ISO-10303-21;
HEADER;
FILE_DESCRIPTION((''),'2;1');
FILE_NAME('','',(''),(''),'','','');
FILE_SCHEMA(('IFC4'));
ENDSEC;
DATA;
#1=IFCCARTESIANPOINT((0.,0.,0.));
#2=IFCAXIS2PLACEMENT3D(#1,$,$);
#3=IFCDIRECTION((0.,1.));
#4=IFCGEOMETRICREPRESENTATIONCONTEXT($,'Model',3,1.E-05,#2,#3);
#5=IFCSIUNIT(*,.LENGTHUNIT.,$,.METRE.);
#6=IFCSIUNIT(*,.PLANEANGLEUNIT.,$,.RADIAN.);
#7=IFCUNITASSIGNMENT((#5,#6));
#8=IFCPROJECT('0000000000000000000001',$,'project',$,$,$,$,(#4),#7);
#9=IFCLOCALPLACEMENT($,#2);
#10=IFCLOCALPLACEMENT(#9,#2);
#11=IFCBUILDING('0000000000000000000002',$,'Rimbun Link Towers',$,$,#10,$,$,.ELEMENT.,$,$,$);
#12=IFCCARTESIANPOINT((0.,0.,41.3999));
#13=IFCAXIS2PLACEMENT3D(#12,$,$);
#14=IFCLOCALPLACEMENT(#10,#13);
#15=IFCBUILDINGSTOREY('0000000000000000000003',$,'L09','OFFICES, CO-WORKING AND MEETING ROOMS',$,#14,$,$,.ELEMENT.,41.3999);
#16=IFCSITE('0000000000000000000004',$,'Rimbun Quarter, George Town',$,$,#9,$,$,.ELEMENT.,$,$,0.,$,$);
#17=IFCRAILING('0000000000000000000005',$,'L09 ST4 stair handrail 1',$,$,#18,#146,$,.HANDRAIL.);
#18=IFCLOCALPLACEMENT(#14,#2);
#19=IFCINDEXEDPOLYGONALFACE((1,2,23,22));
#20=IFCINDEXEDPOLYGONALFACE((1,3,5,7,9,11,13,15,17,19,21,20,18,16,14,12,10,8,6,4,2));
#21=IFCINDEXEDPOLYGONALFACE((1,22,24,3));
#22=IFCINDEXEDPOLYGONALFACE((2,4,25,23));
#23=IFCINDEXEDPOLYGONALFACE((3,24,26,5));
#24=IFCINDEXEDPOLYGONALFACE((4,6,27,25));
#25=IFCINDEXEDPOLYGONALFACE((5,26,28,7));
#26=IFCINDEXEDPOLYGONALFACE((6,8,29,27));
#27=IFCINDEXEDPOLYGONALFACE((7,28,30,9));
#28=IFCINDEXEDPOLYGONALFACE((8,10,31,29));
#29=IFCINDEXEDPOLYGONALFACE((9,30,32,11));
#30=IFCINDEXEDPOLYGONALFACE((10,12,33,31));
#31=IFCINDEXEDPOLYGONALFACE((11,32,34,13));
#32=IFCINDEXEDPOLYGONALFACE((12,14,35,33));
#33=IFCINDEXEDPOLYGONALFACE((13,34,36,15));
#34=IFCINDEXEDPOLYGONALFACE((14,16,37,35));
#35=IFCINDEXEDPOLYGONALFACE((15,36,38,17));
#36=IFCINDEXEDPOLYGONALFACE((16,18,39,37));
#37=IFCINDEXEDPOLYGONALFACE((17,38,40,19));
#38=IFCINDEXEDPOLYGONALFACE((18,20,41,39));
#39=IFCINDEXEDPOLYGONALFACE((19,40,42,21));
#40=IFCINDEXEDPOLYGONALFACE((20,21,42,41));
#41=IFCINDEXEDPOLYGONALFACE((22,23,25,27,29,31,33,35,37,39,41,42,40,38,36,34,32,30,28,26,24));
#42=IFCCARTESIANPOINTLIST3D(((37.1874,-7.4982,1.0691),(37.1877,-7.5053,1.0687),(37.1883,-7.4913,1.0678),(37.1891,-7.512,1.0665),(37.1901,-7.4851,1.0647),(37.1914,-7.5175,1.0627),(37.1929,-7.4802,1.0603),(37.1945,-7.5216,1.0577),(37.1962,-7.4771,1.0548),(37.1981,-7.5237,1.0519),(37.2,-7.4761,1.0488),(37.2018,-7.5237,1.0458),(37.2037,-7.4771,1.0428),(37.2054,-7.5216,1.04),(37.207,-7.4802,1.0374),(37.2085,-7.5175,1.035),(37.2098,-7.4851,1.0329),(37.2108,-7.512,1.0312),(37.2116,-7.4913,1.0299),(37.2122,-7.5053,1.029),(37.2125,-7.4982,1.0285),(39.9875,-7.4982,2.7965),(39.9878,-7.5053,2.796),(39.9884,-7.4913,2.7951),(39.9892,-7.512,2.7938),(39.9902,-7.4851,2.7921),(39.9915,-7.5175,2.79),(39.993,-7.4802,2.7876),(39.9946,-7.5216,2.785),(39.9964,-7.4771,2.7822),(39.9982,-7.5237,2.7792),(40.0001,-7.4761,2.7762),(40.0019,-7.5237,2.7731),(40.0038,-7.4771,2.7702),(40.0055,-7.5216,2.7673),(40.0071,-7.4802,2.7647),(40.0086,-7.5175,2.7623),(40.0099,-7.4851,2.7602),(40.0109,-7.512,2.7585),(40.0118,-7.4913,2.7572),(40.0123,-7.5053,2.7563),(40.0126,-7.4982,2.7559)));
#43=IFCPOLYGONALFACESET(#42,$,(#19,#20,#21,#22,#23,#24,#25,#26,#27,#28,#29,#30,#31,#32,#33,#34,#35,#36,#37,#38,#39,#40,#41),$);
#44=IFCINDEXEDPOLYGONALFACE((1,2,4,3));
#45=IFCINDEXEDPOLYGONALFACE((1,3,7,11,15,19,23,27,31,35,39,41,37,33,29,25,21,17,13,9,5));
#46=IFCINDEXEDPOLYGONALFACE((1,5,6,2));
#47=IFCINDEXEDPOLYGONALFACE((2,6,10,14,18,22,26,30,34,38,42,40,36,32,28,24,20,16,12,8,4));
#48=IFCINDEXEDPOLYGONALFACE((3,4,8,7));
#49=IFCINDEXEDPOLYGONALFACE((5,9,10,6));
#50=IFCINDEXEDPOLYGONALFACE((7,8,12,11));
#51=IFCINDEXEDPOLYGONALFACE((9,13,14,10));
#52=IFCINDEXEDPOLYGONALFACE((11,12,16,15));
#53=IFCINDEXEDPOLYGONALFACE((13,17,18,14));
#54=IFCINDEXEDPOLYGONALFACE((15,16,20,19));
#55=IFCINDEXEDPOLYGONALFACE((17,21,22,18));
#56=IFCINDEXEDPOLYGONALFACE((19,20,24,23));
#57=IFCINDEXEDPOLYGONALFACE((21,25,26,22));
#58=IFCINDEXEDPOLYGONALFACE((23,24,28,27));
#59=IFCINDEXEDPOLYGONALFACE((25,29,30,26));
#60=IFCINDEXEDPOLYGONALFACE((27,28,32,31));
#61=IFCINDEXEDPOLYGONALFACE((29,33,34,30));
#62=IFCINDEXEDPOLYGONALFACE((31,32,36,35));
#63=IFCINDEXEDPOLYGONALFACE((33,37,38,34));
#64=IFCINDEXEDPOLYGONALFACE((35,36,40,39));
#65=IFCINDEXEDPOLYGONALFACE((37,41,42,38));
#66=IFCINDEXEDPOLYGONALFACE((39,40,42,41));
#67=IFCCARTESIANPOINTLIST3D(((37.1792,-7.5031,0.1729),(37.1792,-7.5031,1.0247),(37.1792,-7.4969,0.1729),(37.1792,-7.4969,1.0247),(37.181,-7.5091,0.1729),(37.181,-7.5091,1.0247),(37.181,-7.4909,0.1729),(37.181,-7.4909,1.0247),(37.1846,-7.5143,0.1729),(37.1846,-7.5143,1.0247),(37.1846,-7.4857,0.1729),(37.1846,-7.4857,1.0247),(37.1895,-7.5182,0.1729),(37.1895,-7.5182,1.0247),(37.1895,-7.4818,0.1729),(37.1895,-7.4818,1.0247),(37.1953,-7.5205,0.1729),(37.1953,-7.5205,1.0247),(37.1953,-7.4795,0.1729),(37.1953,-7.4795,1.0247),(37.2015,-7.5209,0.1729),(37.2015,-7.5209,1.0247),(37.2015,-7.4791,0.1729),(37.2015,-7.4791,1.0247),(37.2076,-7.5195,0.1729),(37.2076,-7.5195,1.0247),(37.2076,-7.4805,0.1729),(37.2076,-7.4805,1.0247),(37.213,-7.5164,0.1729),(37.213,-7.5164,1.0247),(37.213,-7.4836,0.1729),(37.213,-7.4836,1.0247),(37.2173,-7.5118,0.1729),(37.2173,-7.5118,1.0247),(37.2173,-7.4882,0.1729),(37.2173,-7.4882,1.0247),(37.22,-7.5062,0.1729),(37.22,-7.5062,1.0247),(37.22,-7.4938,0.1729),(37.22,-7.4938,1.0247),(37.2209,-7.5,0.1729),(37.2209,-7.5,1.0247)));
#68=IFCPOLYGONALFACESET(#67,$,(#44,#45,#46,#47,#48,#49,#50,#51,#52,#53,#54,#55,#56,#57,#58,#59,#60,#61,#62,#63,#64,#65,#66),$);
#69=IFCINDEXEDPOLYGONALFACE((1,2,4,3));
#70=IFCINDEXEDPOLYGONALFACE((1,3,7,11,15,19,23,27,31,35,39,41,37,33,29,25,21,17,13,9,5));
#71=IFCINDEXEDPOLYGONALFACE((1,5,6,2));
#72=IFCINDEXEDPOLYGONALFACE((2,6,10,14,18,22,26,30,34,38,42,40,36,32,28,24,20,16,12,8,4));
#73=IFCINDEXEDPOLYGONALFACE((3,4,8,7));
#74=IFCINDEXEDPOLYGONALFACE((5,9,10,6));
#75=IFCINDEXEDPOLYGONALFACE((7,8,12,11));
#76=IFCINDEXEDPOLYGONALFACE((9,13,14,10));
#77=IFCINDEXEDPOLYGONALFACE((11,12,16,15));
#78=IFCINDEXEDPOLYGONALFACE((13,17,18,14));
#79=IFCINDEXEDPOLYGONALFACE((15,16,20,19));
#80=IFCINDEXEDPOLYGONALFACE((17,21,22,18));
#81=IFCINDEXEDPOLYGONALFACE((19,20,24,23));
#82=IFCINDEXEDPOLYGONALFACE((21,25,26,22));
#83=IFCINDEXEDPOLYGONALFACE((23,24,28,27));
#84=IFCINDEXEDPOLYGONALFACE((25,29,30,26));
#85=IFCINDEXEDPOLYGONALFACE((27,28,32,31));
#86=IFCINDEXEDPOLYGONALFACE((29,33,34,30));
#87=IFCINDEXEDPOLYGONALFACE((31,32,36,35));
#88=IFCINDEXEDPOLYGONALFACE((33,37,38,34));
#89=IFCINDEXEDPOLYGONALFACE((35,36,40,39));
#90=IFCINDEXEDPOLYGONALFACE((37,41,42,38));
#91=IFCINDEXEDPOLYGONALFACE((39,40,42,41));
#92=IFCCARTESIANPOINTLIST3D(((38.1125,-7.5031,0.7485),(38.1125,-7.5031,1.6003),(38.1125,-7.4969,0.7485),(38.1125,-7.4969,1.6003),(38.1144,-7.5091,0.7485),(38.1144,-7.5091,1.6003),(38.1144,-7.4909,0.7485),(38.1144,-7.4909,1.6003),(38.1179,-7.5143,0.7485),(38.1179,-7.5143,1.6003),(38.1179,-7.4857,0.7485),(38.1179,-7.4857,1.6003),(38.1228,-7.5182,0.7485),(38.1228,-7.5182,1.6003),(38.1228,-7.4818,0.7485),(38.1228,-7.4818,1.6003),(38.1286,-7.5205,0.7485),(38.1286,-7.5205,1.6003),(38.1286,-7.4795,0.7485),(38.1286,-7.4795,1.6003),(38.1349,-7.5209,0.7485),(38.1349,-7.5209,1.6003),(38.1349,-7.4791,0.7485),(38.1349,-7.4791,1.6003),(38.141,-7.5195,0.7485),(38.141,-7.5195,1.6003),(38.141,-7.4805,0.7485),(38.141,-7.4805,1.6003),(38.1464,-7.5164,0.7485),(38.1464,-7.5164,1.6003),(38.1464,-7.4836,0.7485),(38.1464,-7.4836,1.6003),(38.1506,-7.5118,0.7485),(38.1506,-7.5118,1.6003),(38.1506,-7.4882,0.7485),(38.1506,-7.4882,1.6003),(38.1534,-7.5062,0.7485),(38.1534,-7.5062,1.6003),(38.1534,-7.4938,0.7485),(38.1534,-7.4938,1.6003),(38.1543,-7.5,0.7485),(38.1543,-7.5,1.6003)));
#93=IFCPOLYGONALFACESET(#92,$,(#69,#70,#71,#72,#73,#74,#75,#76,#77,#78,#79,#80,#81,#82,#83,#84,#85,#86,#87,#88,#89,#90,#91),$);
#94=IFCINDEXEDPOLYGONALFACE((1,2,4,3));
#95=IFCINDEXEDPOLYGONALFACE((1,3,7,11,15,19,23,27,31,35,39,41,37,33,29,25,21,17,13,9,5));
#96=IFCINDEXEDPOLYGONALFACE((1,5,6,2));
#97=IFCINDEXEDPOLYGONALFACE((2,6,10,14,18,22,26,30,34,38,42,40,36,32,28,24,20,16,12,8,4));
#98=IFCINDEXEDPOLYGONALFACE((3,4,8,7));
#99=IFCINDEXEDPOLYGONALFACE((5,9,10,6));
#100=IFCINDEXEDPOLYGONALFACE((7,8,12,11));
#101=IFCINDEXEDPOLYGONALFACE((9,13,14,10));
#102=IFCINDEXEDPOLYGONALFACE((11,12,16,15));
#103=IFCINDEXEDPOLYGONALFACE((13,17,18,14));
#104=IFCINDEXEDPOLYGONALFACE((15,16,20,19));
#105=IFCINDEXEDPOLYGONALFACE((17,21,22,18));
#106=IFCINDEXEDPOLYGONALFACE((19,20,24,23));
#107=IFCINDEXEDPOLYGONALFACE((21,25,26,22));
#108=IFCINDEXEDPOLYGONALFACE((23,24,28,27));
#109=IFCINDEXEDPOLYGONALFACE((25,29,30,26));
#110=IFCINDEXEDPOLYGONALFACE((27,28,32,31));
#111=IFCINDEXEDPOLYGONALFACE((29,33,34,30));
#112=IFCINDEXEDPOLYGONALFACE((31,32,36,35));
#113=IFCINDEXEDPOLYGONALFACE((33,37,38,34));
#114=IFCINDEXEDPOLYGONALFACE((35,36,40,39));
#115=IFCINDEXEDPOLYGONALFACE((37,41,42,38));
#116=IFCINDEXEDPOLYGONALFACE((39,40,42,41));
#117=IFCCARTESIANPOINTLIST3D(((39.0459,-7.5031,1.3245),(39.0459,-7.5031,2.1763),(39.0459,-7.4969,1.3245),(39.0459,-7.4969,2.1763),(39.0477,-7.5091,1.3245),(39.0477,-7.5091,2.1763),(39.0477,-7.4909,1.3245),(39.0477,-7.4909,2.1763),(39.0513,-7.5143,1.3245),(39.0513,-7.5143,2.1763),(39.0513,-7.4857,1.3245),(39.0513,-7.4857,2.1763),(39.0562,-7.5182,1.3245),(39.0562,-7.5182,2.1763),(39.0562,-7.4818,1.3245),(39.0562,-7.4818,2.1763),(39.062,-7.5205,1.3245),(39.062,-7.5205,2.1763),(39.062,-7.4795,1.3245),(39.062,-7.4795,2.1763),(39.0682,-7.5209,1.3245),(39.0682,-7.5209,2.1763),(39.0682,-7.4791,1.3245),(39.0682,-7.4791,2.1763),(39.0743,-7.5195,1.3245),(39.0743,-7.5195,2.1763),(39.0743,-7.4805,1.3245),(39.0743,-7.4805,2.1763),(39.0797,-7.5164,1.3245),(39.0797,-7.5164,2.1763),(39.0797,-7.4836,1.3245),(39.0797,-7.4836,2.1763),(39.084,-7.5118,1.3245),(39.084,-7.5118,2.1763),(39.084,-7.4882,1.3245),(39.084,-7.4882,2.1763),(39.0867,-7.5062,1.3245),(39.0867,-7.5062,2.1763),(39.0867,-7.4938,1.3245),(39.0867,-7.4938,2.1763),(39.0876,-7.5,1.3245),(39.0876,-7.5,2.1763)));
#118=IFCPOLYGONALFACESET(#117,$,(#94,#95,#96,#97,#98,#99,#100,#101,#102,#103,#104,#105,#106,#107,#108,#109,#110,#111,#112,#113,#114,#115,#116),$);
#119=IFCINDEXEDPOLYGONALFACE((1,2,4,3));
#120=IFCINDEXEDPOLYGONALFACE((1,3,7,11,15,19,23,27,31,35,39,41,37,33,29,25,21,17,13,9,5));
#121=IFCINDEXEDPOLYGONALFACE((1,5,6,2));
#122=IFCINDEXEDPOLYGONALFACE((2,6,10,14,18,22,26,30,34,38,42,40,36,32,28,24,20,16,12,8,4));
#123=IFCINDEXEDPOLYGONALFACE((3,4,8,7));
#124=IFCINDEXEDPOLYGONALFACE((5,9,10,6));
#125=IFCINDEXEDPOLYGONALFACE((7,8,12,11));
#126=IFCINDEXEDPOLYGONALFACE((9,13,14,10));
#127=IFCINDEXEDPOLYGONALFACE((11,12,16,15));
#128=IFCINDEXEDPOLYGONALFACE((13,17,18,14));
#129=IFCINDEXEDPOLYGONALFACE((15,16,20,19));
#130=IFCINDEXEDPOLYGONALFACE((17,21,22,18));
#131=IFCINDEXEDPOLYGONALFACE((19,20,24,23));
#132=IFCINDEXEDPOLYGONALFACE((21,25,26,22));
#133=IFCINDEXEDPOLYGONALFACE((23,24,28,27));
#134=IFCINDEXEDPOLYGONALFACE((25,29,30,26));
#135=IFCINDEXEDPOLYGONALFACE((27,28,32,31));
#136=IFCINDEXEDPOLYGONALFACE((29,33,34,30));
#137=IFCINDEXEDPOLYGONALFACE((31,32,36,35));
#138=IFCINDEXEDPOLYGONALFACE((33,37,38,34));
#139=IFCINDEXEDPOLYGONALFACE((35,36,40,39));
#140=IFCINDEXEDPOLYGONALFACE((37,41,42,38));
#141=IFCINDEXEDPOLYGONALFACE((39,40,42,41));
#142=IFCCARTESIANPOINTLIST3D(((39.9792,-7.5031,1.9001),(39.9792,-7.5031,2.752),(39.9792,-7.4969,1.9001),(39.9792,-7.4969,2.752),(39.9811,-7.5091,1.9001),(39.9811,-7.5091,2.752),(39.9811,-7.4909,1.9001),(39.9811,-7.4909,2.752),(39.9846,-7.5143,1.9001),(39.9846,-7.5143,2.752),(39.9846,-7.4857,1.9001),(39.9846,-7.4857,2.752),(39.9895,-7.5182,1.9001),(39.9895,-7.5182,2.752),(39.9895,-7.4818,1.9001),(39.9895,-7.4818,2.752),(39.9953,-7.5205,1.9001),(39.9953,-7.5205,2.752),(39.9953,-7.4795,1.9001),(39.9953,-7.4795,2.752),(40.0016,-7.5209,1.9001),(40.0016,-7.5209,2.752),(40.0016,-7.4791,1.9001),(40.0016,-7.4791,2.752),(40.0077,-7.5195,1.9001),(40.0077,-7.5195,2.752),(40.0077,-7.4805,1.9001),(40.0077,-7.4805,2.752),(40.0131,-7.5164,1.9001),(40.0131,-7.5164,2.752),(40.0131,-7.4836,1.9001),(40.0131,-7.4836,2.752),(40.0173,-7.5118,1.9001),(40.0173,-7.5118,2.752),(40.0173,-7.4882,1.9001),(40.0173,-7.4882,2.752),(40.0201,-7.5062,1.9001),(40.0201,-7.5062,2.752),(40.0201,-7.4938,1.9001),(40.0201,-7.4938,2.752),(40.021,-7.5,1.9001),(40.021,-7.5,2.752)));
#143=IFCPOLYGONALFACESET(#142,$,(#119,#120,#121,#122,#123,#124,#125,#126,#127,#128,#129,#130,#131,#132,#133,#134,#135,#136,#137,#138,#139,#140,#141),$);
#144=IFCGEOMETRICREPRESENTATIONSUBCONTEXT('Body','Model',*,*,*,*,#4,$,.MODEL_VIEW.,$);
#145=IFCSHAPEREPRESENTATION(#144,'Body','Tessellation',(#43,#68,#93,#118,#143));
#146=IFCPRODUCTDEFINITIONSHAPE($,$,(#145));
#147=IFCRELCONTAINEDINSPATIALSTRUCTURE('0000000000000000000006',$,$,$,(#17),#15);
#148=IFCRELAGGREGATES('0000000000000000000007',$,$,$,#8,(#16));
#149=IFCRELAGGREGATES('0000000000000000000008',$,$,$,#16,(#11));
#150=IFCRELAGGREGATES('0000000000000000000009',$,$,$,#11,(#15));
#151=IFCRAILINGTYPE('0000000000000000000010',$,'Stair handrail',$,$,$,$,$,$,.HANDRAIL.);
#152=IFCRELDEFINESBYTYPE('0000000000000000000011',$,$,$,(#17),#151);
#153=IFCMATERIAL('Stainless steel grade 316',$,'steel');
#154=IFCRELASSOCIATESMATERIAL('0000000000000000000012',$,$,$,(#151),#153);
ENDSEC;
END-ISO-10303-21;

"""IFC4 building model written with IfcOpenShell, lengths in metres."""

from ifc_helpers import new_model, si_unit, direction, frame, origin, origin_2d, place, context, subcontext, project, spatial, circle, extrude, material, type_object, element, save


model = new_model("IFC4")

# Units and contexts
model_context = context("Model", 3, precision=1e-05, world=origin(), true_north=direction((0.0, 1.0)))
body_context = subcontext(model_context, "Body", "Model", "MODEL_VIEW")
ifc_project = project(units=[si_unit("LENGTHUNIT", "METRE"), si_unit("PLANEANGLEUNIT", "RADIAN")], contexts=[model_context])

# Site, building, storey
site_placement = place(None, origin())
site = spatial("IfcSite", under=ifc_project, at=site_placement, Name="Rimbun Quarter, George Town", CompositionType="ELEMENT", RefElevation=0.0)
building_placement = place(site_placement, origin())
building = spatial("IfcBuilding", under=site, at=building_placement, Name="Rimbun Link Towers", CompositionType="ELEMENT")
storey_placement = place(building_placement, frame((0.0, 0.0, 41.3999)))
storey = spatial("IfcBuildingStorey", under=building, at=storey_placement, Name="L09", Description="OFFICES, CO-WORKING AND MEETING ROOMS", CompositionType="ELEMENT", Elevation=41.3999)

# Railing
ifc_material_1 = material(Name="Stainless steel grade 316", Category="steel")
railing_type_1 = type_object("IfcRailingType", Name="Stair handrail", PredefinedType="HANDRAIL", material=ifc_material_1)
railing_1_placement = place(storey_placement, frame((37.2, -7.5, 0.1729)))
element("IfcRailing", 1, at=railing_1_placement, inside=storey, type_object=railing_type_1, Name="L09 ST4 stair handrail 1", PredefinedType="HANDRAIL", context=body_context, shape_type="SweptSolid", body=[
    extrude(circle(Radius=0.0239, at=origin_2d()), frame((0.0, 0.0, 0.876), z_axis=(0.85109, 0.0, 0.52502), x_axis=(0.0, 1.0, 0.0)), (0.0, 0.0, 1.0), 3.29),
    extrude(circle(Radius=0.021, at=origin_2d()), origin(), (0.0, 0.0, 1.0), 0.8518),
    extrude(circle(Radius=0.021, at=origin_2d()), frame((0.9333, 0.0, 0.5757)), (0.0, 0.0, 1.0), 0.8518),
    extrude(circle(Radius=0.021, at=origin_2d()), frame((1.8667, 0.0, 1.1516)), (0.0, 0.0, 1.0), 0.8518),
    extrude(circle(Radius=0.021, at=origin_2d()), frame((2.8, 0.0, 1.7273)), (0.0, 0.0, 1.0), 0.8518),
])

save(model, "model.ifc")
